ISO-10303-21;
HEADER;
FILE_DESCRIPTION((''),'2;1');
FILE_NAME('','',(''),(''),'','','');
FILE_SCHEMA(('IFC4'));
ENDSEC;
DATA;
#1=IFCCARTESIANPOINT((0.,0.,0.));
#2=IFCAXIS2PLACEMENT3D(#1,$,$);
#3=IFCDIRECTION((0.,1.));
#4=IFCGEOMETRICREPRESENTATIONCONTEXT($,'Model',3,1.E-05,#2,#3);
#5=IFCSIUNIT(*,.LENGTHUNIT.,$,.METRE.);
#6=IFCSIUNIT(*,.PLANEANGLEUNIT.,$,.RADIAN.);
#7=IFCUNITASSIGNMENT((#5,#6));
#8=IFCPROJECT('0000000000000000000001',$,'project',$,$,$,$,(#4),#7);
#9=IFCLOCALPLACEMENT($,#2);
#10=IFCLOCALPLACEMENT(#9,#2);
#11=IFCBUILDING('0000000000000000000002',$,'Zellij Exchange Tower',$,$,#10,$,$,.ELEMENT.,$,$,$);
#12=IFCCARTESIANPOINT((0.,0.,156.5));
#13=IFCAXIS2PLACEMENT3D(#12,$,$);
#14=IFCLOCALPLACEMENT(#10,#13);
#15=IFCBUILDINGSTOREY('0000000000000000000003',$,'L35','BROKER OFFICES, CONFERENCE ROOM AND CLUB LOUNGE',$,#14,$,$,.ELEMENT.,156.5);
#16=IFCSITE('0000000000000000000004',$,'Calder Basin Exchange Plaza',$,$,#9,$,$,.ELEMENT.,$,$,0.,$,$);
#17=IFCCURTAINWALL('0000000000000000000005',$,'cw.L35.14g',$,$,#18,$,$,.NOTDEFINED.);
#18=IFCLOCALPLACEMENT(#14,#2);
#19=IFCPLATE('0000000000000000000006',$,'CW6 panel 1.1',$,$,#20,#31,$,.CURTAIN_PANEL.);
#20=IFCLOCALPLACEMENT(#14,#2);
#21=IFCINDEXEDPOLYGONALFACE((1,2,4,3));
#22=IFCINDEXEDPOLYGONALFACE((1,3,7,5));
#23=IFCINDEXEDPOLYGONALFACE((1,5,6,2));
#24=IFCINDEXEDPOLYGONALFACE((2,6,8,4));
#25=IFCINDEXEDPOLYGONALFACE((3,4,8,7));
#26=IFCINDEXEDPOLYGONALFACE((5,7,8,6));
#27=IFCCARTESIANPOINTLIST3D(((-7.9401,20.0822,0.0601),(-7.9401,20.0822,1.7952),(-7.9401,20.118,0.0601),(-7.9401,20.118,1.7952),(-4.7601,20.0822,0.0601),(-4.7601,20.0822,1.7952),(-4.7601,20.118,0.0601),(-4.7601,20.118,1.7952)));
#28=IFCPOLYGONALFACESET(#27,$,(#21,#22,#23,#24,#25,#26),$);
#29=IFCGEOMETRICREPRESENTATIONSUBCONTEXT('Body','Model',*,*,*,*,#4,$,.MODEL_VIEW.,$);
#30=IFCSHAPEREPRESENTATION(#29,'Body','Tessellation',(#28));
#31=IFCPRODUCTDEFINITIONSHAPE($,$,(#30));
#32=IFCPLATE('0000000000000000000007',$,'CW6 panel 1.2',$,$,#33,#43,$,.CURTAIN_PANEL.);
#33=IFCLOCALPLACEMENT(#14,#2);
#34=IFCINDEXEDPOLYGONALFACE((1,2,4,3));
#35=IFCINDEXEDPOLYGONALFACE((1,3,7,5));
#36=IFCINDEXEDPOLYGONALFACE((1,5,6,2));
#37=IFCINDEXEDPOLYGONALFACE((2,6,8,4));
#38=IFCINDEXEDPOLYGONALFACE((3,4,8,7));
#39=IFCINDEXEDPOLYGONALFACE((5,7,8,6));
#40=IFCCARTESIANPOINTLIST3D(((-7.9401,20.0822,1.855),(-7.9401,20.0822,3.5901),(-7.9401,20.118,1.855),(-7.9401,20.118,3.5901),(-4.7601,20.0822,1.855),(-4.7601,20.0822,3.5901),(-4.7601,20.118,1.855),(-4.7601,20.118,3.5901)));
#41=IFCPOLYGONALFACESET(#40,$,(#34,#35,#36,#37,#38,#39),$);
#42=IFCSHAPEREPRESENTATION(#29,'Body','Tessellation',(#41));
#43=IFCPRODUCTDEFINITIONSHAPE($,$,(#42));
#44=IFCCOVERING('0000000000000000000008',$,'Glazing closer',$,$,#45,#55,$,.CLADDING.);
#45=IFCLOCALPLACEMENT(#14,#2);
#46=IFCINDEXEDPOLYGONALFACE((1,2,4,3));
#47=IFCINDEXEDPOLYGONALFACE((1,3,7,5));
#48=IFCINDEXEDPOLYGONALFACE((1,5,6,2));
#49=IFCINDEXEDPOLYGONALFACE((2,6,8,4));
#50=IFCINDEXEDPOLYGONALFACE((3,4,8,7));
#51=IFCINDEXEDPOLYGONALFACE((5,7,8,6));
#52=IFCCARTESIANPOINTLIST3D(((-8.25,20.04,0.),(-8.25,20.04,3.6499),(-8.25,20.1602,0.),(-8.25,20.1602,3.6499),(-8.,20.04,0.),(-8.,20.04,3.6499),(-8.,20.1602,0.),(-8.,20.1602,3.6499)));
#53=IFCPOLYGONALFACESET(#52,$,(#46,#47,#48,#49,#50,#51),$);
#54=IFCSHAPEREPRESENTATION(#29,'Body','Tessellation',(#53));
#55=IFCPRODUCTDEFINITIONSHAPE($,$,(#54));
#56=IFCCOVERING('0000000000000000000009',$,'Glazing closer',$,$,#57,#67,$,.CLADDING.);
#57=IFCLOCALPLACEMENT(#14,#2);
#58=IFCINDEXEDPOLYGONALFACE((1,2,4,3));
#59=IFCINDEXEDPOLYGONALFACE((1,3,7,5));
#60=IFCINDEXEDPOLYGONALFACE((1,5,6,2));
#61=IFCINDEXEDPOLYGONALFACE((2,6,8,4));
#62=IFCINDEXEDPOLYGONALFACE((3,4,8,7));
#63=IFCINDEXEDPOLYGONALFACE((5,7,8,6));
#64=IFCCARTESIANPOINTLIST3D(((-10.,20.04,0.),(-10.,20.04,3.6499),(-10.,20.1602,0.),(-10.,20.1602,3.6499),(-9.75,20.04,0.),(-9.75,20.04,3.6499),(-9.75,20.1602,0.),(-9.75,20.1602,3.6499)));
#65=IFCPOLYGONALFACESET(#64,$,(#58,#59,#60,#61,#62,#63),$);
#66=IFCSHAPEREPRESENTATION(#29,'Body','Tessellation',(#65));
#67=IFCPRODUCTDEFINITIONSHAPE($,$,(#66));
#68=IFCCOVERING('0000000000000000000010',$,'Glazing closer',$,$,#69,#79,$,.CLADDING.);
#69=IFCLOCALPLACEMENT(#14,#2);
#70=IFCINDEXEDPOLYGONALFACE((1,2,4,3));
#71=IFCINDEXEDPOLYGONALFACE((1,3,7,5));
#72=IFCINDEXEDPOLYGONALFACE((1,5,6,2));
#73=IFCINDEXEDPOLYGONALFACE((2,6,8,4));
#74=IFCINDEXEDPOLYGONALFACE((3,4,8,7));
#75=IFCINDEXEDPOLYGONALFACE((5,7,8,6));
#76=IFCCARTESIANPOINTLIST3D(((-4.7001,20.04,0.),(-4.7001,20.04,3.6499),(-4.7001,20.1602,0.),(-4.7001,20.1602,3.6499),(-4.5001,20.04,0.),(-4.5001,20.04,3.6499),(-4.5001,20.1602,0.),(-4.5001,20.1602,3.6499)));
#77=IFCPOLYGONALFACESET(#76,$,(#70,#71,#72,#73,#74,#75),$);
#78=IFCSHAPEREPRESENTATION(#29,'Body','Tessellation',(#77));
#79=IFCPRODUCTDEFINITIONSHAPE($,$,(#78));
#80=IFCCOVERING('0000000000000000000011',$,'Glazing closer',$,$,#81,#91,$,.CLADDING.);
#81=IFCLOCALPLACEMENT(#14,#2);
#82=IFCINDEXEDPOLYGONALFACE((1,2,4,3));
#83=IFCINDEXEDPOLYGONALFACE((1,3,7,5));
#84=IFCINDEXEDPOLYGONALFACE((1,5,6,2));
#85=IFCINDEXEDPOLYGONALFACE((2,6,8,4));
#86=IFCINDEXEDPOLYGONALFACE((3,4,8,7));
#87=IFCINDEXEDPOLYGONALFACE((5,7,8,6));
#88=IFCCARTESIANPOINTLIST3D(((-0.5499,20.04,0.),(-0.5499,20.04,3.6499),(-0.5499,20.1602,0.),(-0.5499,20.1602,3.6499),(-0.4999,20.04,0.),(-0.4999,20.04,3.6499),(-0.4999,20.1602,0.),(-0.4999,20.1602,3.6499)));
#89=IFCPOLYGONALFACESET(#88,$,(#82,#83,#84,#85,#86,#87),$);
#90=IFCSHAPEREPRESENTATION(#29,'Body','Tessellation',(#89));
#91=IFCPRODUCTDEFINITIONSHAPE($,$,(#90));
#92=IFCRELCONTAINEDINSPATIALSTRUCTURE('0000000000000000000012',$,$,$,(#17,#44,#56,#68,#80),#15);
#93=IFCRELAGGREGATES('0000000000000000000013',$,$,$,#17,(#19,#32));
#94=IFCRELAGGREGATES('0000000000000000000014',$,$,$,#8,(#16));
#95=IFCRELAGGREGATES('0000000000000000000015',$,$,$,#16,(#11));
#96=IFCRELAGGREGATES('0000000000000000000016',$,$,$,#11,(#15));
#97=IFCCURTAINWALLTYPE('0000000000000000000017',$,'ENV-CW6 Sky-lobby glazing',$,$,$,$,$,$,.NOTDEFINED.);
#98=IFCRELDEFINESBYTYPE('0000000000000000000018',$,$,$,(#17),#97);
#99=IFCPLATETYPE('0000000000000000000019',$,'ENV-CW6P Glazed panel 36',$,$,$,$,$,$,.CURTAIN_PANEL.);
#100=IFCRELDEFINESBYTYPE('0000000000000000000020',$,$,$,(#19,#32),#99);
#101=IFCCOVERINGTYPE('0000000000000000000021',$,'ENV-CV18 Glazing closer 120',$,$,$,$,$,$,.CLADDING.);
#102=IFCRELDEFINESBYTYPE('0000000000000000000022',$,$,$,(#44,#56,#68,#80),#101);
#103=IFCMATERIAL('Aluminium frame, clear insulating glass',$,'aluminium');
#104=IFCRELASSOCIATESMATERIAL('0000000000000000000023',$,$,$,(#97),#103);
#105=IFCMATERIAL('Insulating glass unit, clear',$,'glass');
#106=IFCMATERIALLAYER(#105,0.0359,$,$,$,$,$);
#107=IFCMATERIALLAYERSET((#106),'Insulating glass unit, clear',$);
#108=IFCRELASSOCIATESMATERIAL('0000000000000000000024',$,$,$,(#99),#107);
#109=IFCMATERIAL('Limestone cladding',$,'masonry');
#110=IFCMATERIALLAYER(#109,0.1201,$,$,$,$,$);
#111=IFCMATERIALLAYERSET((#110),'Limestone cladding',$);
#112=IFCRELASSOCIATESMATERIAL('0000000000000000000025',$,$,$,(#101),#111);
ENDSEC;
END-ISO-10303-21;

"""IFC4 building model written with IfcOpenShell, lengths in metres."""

from ifc_helpers import new_model, si_unit, direction, frame, origin, origin_2d, place, context, subcontext, project, spatial, rectangle, extrude, material, layer, layer_set, type_object, element, aggregate, save


model = new_model("IFC4")

# Units and contexts
model_context = context("Model", 3, precision=1e-05, world=origin(), true_north=direction((0.0, 1.0)))
body_context = subcontext(model_context, "Body", "Model", "MODEL_VIEW")
ifc_project = project(units=[si_unit("LENGTHUNIT", "METRE"), si_unit("PLANEANGLEUNIT", "RADIAN")], contexts=[model_context])

# Site, building, storey
site_placement = place(None, origin())
site = spatial("IfcSite", under=ifc_project, at=site_placement, Name="Calder Basin Exchange Plaza", CompositionType="ELEMENT", RefElevation=0.0)
building_placement = place(site_placement, origin())
building = spatial("IfcBuilding", under=site, at=building_placement, Name="Zellij Exchange Tower", CompositionType="ELEMENT")
storey_placement = place(building_placement, frame((0.0, 0.0, 156.5)))
storey = spatial("IfcBuildingStorey", under=building, at=storey_placement, Name="L35", Description="BROKER OFFICES, CONFERENCE ROOM AND CLUB LOUNGE", CompositionType="ELEMENT", Elevation=156.5)

# Curtain wall
ifc_material_1 = material(Name="Aluminium frame, clear insulating glass", Category="aluminium")
curtain_wall_type = type_object("IfcCurtainWallType", Name="ENV-CW6 Sky-lobby glazing", PredefinedType="NOTDEFINED", material=ifc_material_1)
curtain_wall_1_placement = place(storey_placement, origin())
curtain_wall_1 = element("IfcCurtainWall", 1, at=curtain_wall_1_placement, inside=storey, type_object=curtain_wall_type, Name="cw.L35.14g", PredefinedType="NOTDEFINED")

# Plates
ifc_material_2 = material(Name="Insulating glass unit, clear", Category="glass")
ifc_layer_1 = layer(ifc_material_2, 0.0359)
ifc_layer_set_1 = layer_set([ifc_layer_1], Name="Insulating glass unit, clear")
plate_type = type_object("IfcPlateType", Name="ENV-CW6P Glazed panel 36", PredefinedType="CURTAIN_PANEL", material=ifc_layer_set_1)
plate_1_placement = place(storey_placement, frame((-6.3501, 20.1001, 0.0601), z_axis=(0.0, 0.0, 1.0), x_axis=(-1.0, 0.0, 0.0)))
plate_1 = element("IfcPlate", 2, at=plate_1_placement, type_object=plate_type, Name="CW6 panel 1.1", PredefinedType="CURTAIN_PANEL", context=body_context, shape_type="SweptSolid", body=[
    extrude(rectangle(XDim=3.1799, YDim=0.0359, at=origin_2d()), origin(), (0.0, 0.0, 1.0), 1.7351),
])
plate_2_placement = place(storey_placement, frame((-6.3501, 20.1001, 1.855), z_axis=(0.0, 0.0, 1.0), x_axis=(-1.0, 0.0, 0.0)))
plate_2 = element("IfcPlate", 3, at=plate_2_placement, type_object=plate_type, Name="CW6 panel 1.2", PredefinedType="CURTAIN_PANEL", context=body_context, shape_type="SweptSolid", body=[
    extrude(rectangle(XDim=3.1799, YDim=0.0359, at=origin_2d()), origin(), (0.0, 0.0, 1.0), 1.7351),
])
aggregate(curtain_wall_1, [plate_1, plate_2])

# Coverings
ifc_material_3 = material(Name="Limestone cladding", Category="masonry")
ifc_layer_2 = layer(ifc_material_3, 0.1201)
ifc_layer_set_2 = layer_set([ifc_layer_2], Name="Limestone cladding")
covering_type = type_object("IfcCoveringType", Name="ENV-CV18 Glazing closer 120", PredefinedType="CLADDING", material=ifc_layer_set_2)
for number, where, z_axis, x_axis, name in (
    (4, (-8.125, 20.1001, 0.0), (0.0, 0.0, 1.0), (-1.0, 0.0, 0.0), "Glazing closer"),
    (5, (-9.875, 20.1001, 0.0), (0.0, 0.0, 1.0), (1.0, 0.0, 0.0), "Glazing closer"),
):
    element("IfcCovering", number, at=place(storey_placement, frame(where, z_axis=z_axis, x_axis=x_axis)), inside=storey, type_object=covering_type, Name=name, PredefinedType="CLADDING", context=body_context, shape_type="SweptSolid", body=[
        extrude(rectangle(XDim=0.25, YDim=0.1201, at=origin_2d()), origin(), (0.0, 0.0, 1.0), 3.6499),
    ])
covering_1_placement = place(storey_placement, frame((-4.6001, 20.1001, 0.0), z_axis=(0.0, 0.0, 1.0), x_axis=(1.0, 0.0, 0.0)))
element("IfcCovering", 6, at=covering_1_placement, inside=storey, type_object=covering_type, Name="Glazing closer", PredefinedType="CLADDING", context=body_context, shape_type="SweptSolid", body=[
    extrude(rectangle(XDim=0.2, YDim=0.1201, at=origin_2d()), origin(), (0.0, 0.0, 1.0), 3.6499),
])
covering_2_placement = place(storey_placement, frame((-0.5249, 20.1001, 0.0), z_axis=(0.0, 0.0, 1.0), x_axis=(1.0, 0.0, 0.0)))
element("IfcCovering", 7, at=covering_2_placement, inside=storey, type_object=covering_type, Name="Glazing closer", PredefinedType="CLADDING", context=body_context, shape_type="SweptSolid", body=[
    extrude(rectangle(XDim=0.05, YDim=0.1201, at=origin_2d()), origin(), (0.0, 0.0, 1.0), 3.6499),
])

save(model, "model.ifc")
